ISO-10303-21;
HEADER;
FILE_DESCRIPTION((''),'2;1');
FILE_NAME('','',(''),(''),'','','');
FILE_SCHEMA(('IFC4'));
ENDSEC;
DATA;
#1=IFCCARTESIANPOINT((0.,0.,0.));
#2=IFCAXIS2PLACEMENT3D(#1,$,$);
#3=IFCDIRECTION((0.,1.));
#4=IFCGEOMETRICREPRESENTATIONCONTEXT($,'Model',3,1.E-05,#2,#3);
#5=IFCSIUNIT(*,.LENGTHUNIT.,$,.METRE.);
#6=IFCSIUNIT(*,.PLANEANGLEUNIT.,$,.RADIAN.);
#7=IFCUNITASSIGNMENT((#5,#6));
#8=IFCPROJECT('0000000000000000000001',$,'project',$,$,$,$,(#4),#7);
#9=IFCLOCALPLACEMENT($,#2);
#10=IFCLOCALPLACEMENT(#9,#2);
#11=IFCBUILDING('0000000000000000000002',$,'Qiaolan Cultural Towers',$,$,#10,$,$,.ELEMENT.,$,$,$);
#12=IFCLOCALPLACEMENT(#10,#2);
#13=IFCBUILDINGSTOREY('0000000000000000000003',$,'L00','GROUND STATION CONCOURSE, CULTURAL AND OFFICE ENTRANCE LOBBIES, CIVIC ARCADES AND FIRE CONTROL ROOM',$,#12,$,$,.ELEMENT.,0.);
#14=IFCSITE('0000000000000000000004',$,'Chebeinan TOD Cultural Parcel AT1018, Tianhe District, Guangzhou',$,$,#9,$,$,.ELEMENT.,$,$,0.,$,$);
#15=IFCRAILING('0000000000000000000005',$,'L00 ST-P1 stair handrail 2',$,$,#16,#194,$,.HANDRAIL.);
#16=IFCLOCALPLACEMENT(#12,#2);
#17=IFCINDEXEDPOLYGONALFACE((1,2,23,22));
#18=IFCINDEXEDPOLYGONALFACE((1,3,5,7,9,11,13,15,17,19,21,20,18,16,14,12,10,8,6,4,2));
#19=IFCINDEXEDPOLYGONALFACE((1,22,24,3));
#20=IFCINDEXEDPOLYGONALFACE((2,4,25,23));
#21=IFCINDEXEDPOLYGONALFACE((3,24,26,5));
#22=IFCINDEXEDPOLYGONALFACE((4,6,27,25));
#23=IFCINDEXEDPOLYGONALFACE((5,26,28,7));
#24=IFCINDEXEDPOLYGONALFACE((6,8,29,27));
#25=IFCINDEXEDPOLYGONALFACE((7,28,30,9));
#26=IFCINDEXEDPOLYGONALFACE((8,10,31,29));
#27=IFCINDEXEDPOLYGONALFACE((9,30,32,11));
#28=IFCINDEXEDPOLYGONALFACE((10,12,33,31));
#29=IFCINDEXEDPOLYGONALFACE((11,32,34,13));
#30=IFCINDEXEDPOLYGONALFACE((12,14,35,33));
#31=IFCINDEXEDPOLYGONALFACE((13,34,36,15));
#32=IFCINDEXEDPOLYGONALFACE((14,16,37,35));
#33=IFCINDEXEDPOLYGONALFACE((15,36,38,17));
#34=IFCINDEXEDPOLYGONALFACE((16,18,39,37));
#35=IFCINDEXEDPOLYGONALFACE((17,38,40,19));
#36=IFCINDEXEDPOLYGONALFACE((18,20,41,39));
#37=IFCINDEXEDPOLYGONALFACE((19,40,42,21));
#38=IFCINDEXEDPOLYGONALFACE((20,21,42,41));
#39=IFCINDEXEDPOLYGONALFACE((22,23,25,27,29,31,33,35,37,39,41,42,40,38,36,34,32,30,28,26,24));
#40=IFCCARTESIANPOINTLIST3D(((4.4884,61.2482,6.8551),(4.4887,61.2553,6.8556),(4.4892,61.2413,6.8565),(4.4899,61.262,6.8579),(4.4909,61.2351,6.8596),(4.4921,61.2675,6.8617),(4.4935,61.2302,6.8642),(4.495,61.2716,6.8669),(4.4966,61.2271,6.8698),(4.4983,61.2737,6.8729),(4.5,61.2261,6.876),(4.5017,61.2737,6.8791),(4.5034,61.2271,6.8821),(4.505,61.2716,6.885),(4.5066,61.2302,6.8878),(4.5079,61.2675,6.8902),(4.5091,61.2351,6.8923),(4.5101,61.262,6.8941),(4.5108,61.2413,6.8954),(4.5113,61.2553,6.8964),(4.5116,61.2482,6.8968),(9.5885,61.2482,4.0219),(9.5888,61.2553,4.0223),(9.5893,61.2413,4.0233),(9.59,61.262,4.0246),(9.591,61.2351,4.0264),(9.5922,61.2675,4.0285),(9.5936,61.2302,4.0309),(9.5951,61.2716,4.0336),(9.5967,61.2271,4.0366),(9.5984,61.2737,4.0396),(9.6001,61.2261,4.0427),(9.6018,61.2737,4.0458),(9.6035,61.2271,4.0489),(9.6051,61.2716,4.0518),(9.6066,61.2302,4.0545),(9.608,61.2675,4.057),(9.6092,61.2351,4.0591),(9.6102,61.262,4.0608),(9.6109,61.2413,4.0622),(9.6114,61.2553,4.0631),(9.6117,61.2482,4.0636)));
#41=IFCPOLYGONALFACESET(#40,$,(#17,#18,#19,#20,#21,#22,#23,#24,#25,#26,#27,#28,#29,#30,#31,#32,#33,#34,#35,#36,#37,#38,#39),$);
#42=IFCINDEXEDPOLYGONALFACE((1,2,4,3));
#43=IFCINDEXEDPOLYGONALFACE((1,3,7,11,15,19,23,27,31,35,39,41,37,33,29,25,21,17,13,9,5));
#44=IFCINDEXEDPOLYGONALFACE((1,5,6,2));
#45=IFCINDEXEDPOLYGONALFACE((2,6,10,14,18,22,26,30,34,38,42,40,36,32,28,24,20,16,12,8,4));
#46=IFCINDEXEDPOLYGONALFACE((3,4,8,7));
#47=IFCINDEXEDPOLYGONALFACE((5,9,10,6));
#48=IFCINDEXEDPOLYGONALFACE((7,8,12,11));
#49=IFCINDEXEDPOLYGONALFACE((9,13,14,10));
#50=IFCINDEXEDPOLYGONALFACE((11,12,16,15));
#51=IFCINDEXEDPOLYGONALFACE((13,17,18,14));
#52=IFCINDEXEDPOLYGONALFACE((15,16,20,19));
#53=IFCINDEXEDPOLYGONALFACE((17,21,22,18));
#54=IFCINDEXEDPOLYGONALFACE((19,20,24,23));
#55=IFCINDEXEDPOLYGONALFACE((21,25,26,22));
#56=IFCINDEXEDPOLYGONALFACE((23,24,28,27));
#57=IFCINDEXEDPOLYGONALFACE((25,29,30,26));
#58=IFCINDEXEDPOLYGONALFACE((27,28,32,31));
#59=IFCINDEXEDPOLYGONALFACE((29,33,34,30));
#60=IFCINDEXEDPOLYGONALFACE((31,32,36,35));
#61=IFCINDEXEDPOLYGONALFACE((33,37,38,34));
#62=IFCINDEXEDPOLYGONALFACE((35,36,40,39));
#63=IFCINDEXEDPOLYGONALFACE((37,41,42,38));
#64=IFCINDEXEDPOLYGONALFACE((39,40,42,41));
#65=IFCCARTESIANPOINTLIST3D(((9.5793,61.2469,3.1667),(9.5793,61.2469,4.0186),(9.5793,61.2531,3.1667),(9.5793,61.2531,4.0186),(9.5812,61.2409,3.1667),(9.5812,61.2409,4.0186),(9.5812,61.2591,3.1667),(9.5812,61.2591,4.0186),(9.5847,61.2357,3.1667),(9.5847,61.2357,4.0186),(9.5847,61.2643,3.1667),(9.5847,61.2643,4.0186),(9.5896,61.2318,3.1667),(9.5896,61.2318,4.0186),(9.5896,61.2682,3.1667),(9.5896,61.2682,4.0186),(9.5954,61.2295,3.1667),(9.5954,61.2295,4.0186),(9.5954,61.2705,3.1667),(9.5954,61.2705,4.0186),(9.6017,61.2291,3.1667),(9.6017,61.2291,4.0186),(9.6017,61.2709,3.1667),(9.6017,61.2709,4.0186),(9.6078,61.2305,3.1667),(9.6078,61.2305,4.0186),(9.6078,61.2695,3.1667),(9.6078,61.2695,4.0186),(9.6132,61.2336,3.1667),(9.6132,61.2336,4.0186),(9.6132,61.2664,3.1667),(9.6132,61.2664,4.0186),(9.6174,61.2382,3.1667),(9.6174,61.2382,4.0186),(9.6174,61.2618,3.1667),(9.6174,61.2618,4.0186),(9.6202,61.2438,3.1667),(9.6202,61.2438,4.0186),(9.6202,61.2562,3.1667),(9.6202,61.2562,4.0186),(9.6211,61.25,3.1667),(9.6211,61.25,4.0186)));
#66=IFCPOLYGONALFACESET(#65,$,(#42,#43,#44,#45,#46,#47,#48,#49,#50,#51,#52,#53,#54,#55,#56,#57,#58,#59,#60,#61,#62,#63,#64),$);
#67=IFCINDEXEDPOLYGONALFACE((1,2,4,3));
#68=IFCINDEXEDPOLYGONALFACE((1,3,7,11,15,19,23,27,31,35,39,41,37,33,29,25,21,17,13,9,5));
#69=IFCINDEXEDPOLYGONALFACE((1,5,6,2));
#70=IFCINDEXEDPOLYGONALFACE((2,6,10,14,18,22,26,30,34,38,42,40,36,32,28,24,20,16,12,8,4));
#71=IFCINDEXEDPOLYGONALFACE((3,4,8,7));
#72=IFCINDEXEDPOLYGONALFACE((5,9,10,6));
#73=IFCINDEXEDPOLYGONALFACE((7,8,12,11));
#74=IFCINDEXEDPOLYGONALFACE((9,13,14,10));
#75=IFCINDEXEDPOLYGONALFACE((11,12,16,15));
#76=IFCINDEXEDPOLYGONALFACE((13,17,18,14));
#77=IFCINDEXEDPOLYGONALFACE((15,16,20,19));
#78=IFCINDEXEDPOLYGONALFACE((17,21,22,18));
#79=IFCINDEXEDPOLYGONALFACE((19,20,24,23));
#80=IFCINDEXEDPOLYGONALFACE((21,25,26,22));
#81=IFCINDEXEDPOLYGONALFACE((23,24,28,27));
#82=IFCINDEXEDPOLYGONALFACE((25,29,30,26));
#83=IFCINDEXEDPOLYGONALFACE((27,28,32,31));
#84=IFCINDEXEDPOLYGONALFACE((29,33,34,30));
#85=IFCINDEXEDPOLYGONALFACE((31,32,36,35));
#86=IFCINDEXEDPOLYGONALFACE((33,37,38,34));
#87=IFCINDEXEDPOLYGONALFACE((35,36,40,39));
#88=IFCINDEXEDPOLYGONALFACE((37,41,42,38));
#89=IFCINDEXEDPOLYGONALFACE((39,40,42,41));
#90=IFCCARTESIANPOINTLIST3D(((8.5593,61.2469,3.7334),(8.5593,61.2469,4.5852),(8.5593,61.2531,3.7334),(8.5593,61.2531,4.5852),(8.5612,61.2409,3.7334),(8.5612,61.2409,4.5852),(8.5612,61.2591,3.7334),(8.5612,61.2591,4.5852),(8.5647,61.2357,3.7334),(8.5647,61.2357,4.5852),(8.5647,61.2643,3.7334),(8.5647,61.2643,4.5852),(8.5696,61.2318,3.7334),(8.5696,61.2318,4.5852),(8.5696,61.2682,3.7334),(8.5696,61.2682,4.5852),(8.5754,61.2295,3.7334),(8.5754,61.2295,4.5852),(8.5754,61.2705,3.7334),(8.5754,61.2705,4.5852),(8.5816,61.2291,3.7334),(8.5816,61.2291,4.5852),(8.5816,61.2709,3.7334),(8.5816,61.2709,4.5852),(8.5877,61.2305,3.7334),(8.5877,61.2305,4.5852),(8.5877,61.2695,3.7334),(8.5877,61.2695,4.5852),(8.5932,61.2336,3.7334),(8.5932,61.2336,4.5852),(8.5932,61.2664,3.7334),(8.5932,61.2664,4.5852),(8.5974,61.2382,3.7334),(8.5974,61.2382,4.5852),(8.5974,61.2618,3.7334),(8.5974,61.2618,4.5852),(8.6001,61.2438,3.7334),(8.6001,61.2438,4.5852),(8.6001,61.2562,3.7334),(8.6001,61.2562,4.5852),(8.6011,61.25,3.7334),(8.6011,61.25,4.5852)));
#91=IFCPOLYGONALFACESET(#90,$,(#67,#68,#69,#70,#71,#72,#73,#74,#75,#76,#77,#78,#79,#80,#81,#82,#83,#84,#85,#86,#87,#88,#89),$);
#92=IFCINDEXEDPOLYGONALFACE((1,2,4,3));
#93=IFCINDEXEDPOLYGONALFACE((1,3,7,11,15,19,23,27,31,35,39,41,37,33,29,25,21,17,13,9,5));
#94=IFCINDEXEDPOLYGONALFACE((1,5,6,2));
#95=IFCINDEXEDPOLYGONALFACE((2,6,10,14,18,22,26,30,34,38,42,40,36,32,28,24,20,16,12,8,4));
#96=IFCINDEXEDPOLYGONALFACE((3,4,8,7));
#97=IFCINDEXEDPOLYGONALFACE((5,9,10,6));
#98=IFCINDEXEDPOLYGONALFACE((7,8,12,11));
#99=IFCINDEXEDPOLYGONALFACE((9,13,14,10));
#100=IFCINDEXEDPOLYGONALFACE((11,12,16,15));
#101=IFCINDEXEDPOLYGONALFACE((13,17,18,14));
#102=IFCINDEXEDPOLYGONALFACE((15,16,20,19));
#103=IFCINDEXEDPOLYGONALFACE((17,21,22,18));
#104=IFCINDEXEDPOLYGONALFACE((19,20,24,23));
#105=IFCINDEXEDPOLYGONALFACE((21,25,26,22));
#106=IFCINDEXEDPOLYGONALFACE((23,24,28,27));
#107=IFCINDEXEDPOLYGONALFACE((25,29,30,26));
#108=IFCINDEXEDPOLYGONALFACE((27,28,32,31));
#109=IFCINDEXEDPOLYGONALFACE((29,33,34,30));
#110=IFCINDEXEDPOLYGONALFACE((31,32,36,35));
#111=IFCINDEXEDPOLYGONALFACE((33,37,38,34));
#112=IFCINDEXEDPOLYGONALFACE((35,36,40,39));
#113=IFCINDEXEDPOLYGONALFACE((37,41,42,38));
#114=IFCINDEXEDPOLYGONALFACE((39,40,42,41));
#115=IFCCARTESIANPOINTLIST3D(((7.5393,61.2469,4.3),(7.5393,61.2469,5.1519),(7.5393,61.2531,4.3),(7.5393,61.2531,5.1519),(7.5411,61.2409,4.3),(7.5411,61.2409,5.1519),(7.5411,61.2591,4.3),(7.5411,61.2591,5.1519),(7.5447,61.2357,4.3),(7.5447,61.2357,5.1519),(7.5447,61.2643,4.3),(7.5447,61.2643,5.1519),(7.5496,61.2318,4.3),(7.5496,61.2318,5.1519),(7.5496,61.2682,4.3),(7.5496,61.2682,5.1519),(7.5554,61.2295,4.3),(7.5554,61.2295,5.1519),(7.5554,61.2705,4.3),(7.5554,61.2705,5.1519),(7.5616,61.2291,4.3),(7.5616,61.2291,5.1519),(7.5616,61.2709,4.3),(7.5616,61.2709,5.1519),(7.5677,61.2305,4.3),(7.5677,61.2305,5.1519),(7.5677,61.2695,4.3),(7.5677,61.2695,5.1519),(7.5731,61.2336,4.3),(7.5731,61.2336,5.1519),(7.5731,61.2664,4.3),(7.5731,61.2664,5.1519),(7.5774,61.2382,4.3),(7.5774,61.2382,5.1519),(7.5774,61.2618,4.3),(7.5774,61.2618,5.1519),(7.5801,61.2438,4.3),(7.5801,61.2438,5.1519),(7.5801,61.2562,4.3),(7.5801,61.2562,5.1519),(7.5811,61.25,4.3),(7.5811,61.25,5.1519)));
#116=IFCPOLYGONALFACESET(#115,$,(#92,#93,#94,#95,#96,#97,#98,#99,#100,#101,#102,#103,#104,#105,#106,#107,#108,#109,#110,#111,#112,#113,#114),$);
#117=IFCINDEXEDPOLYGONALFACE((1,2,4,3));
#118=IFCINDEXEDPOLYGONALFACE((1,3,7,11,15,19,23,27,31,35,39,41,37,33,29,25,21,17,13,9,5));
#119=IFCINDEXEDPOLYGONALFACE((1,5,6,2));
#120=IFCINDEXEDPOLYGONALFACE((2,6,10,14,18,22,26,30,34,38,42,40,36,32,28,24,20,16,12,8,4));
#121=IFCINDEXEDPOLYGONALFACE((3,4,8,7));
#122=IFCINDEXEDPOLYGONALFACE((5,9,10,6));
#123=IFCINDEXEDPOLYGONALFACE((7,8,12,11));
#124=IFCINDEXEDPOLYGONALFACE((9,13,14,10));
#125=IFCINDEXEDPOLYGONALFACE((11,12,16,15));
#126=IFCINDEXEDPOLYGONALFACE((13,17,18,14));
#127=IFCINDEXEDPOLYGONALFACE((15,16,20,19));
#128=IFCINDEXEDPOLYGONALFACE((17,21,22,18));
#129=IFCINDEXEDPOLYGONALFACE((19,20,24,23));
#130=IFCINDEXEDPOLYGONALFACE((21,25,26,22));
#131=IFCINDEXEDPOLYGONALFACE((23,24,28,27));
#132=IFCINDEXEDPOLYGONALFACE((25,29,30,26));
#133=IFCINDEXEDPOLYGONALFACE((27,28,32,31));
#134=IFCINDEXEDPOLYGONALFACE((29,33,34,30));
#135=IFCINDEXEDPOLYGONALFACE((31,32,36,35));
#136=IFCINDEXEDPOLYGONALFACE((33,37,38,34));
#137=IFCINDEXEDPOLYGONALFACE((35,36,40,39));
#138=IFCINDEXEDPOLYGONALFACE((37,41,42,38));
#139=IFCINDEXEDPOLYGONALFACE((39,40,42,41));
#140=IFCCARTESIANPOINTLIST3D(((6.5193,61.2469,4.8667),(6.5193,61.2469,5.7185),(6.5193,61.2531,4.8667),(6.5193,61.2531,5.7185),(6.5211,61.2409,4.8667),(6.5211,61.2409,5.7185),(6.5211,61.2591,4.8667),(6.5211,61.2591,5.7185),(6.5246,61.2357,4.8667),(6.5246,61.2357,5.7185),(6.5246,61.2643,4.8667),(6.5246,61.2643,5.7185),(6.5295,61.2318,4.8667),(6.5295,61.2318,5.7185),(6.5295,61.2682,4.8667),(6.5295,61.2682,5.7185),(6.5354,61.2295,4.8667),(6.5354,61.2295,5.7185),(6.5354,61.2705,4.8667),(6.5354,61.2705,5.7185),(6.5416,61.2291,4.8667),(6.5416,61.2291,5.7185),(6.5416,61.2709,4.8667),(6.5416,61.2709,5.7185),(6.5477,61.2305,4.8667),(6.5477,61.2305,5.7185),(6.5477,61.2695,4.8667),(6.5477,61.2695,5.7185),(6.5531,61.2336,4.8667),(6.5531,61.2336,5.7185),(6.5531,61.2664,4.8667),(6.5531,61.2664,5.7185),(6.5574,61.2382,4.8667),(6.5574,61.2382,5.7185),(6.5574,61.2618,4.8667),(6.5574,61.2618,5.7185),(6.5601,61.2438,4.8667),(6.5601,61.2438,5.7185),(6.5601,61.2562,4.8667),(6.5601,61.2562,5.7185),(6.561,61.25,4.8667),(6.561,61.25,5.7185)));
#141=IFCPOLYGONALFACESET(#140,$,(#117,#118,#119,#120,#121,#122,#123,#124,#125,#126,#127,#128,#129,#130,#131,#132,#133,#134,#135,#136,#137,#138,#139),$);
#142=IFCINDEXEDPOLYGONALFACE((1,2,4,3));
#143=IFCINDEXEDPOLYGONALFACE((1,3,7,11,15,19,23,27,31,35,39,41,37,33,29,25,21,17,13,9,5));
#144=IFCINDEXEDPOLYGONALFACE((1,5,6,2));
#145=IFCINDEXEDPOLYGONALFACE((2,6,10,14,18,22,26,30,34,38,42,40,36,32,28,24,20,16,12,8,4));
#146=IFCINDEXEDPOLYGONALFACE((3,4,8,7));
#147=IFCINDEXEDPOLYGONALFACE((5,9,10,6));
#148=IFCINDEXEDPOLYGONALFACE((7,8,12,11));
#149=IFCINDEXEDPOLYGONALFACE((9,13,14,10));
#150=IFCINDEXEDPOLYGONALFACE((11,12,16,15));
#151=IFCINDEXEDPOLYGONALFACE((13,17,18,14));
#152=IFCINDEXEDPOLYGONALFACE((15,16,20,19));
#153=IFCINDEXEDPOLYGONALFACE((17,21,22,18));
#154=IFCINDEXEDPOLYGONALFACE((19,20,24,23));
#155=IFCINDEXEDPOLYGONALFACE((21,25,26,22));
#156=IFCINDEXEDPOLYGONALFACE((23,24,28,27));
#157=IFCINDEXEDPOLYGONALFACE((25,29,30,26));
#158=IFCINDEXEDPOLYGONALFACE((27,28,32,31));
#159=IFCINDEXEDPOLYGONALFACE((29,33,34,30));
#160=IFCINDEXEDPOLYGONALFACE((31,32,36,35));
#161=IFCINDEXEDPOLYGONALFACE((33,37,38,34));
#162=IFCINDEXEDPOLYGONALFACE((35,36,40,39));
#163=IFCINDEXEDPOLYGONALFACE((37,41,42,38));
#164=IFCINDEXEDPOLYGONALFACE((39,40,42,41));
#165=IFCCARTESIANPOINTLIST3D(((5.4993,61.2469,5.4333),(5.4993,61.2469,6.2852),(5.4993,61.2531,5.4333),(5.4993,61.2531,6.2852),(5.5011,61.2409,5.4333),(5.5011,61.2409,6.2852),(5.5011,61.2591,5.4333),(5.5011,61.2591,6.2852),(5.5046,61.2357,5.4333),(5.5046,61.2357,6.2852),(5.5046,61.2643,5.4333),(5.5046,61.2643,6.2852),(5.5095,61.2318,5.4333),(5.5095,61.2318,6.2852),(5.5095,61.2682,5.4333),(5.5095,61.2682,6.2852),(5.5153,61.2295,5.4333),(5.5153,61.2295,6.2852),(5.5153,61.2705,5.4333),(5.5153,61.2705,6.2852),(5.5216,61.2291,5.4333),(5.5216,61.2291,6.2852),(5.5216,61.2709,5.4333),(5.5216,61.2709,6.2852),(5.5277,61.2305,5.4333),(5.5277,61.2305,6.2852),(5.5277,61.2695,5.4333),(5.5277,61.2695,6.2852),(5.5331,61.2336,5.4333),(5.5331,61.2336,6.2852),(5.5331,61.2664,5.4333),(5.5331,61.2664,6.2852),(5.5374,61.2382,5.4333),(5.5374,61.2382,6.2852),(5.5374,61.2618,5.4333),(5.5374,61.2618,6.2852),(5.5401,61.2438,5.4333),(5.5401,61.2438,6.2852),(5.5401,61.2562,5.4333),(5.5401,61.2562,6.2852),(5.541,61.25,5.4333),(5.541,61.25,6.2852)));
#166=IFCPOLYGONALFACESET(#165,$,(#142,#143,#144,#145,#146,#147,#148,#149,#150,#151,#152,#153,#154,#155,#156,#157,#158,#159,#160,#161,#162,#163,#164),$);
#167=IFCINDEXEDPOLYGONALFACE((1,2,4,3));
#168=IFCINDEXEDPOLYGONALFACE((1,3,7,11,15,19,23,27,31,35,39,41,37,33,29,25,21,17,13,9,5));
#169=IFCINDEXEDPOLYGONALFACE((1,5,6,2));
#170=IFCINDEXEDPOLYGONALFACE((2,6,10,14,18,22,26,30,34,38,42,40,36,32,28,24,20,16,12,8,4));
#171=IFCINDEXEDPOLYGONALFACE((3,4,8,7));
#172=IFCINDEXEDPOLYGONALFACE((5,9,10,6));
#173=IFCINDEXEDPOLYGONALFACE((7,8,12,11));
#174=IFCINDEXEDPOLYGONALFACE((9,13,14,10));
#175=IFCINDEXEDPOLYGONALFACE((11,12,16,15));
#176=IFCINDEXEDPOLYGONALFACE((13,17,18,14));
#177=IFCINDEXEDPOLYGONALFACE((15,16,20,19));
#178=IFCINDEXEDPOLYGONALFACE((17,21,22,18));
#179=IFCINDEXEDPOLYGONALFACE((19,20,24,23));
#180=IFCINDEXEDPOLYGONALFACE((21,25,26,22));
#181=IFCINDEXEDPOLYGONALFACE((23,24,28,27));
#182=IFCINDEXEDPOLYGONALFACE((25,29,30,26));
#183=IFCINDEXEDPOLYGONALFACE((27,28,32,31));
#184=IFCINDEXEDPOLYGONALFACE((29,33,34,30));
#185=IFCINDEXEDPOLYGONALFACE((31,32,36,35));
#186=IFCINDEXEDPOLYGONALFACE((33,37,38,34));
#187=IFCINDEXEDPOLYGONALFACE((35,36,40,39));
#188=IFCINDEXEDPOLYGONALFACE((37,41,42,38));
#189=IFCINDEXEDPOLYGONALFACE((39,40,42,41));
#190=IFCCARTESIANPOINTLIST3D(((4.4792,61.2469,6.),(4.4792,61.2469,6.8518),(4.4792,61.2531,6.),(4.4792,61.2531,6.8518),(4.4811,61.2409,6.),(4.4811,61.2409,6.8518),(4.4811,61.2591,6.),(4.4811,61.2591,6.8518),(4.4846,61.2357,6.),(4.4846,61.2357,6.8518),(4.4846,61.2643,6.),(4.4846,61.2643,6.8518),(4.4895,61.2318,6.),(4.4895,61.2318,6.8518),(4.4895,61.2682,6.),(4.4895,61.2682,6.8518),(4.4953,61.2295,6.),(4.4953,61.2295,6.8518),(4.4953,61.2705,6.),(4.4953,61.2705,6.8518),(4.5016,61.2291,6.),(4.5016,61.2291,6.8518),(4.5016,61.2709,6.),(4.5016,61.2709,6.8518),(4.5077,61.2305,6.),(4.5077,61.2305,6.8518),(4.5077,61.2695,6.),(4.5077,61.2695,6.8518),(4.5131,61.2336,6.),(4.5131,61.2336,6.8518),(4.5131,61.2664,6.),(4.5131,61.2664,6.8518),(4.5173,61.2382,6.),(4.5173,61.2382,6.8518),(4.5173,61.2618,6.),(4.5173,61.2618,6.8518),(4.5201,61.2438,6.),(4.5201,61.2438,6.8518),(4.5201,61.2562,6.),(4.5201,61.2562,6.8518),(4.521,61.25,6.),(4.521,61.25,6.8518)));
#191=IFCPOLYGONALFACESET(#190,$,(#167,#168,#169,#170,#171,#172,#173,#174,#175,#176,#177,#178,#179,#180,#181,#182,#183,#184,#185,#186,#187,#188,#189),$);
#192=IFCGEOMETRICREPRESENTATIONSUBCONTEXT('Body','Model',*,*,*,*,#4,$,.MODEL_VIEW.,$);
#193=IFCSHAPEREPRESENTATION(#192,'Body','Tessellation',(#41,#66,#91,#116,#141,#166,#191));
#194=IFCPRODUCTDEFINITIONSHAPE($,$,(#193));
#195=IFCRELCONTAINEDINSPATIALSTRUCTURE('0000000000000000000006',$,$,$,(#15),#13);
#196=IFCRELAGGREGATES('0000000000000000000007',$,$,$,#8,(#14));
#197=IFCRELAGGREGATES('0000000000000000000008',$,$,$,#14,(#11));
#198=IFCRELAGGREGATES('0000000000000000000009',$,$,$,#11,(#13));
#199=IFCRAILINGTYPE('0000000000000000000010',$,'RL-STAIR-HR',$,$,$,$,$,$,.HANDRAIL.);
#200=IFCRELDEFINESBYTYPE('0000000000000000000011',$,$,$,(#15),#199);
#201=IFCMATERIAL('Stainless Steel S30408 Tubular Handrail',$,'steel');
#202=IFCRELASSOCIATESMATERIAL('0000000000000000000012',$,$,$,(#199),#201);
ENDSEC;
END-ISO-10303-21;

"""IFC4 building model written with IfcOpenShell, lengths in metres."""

from ifc_helpers import new_model, si_unit, direction, frame, origin, origin_2d, place, context, subcontext, project, spatial, circle, extrude, material, type_object, element, save


model = new_model("IFC4")

# Units and contexts
model_context = context("Model", 3, precision=1e-05, world=origin(), true_north=direction((0.0, 1.0)))
body_context = subcontext(model_context, "Body", "Model", "MODEL_VIEW")
ifc_project = project(units=[si_unit("LENGTHUNIT", "METRE"), si_unit("PLANEANGLEUNIT", "RADIAN")], contexts=[model_context])

# Site, building, storey
site_placement = place(None, origin())
site = spatial("IfcSite", under=ifc_project, at=site_placement, Name="Chebeinan TOD Cultural Parcel AT1018, Tianhe District, Guangzhou", CompositionType="ELEMENT", RefElevation=0.0)
building_placement = place(site_placement, origin())
building = spatial("IfcBuilding", under=site, at=building_placement, Name="Qiaolan Cultural Towers", CompositionType="ELEMENT")
storey_placement = place(building_placement, origin())
storey = spatial("IfcBuildingStorey", under=building, at=storey_placement, Name="L00", Description="GROUND STATION CONCOURSE, CULTURAL AND OFFICE ENTRANCE LOBBIES, CIVIC ARCADES AND FIRE CONTROL ROOM", CompositionType="ELEMENT", Elevation=0.0)

# Railing
ifc_material_1 = material(Name="Stainless Steel S30408 Tubular Handrail", Category="steel")
railing_type_1 = type_object("IfcRailingType", Name="RL-STAIR-HR", PredefinedType="HANDRAIL", material=ifc_material_1)
railing_1_placement = place(storey_placement, frame((9.6001, 61.25, 3.1667)))
element("IfcRailing", 1, at=railing_1_placement, inside=storey, type_object=railing_type_1, Name="L00 ST-P1 stair handrail 2", PredefinedType="HANDRAIL", context=body_context, shape_type="SweptSolid", body=[
    extrude(circle(Radius=0.0239, at=origin_2d()), frame((0.0, 0.0, 0.876), z_axis=(-0.874167, 0.0, 0.485625), x_axis=(0.0, -1.0, 0.0)), (0.0, 0.0, 1.0), 5.8342),
    extrude(circle(Radius=0.021, at=origin_2d()), origin(), (0.0, 0.0, 1.0), 0.8518),
    extrude(circle(Radius=0.021, at=origin_2d()), frame((-1.02, 0.0, 0.5667)), (0.0, 0.0, 1.0), 0.8518),
    extrude(circle(Radius=0.021, at=origin_2d()), frame((-2.04, 0.0, 1.1333)), (0.0, 0.0, 1.0), 0.8518),
    extrude(circle(Radius=0.021, at=origin_2d()), frame((-3.0601, 0.0, 1.7)), (0.0, 0.0, 1.0), 0.8518),
    extrude(circle(Radius=0.021, at=origin_2d()), frame((-4.0801, 0.0, 2.2666)), (0.0, 0.0, 1.0), 0.8518),
    extrude(circle(Radius=0.021, at=origin_2d()), frame((-5.1001, 0.0, 2.8333)), (0.0, 0.0, 1.0), 0.8518),
])

save(model, "model.ifc")
